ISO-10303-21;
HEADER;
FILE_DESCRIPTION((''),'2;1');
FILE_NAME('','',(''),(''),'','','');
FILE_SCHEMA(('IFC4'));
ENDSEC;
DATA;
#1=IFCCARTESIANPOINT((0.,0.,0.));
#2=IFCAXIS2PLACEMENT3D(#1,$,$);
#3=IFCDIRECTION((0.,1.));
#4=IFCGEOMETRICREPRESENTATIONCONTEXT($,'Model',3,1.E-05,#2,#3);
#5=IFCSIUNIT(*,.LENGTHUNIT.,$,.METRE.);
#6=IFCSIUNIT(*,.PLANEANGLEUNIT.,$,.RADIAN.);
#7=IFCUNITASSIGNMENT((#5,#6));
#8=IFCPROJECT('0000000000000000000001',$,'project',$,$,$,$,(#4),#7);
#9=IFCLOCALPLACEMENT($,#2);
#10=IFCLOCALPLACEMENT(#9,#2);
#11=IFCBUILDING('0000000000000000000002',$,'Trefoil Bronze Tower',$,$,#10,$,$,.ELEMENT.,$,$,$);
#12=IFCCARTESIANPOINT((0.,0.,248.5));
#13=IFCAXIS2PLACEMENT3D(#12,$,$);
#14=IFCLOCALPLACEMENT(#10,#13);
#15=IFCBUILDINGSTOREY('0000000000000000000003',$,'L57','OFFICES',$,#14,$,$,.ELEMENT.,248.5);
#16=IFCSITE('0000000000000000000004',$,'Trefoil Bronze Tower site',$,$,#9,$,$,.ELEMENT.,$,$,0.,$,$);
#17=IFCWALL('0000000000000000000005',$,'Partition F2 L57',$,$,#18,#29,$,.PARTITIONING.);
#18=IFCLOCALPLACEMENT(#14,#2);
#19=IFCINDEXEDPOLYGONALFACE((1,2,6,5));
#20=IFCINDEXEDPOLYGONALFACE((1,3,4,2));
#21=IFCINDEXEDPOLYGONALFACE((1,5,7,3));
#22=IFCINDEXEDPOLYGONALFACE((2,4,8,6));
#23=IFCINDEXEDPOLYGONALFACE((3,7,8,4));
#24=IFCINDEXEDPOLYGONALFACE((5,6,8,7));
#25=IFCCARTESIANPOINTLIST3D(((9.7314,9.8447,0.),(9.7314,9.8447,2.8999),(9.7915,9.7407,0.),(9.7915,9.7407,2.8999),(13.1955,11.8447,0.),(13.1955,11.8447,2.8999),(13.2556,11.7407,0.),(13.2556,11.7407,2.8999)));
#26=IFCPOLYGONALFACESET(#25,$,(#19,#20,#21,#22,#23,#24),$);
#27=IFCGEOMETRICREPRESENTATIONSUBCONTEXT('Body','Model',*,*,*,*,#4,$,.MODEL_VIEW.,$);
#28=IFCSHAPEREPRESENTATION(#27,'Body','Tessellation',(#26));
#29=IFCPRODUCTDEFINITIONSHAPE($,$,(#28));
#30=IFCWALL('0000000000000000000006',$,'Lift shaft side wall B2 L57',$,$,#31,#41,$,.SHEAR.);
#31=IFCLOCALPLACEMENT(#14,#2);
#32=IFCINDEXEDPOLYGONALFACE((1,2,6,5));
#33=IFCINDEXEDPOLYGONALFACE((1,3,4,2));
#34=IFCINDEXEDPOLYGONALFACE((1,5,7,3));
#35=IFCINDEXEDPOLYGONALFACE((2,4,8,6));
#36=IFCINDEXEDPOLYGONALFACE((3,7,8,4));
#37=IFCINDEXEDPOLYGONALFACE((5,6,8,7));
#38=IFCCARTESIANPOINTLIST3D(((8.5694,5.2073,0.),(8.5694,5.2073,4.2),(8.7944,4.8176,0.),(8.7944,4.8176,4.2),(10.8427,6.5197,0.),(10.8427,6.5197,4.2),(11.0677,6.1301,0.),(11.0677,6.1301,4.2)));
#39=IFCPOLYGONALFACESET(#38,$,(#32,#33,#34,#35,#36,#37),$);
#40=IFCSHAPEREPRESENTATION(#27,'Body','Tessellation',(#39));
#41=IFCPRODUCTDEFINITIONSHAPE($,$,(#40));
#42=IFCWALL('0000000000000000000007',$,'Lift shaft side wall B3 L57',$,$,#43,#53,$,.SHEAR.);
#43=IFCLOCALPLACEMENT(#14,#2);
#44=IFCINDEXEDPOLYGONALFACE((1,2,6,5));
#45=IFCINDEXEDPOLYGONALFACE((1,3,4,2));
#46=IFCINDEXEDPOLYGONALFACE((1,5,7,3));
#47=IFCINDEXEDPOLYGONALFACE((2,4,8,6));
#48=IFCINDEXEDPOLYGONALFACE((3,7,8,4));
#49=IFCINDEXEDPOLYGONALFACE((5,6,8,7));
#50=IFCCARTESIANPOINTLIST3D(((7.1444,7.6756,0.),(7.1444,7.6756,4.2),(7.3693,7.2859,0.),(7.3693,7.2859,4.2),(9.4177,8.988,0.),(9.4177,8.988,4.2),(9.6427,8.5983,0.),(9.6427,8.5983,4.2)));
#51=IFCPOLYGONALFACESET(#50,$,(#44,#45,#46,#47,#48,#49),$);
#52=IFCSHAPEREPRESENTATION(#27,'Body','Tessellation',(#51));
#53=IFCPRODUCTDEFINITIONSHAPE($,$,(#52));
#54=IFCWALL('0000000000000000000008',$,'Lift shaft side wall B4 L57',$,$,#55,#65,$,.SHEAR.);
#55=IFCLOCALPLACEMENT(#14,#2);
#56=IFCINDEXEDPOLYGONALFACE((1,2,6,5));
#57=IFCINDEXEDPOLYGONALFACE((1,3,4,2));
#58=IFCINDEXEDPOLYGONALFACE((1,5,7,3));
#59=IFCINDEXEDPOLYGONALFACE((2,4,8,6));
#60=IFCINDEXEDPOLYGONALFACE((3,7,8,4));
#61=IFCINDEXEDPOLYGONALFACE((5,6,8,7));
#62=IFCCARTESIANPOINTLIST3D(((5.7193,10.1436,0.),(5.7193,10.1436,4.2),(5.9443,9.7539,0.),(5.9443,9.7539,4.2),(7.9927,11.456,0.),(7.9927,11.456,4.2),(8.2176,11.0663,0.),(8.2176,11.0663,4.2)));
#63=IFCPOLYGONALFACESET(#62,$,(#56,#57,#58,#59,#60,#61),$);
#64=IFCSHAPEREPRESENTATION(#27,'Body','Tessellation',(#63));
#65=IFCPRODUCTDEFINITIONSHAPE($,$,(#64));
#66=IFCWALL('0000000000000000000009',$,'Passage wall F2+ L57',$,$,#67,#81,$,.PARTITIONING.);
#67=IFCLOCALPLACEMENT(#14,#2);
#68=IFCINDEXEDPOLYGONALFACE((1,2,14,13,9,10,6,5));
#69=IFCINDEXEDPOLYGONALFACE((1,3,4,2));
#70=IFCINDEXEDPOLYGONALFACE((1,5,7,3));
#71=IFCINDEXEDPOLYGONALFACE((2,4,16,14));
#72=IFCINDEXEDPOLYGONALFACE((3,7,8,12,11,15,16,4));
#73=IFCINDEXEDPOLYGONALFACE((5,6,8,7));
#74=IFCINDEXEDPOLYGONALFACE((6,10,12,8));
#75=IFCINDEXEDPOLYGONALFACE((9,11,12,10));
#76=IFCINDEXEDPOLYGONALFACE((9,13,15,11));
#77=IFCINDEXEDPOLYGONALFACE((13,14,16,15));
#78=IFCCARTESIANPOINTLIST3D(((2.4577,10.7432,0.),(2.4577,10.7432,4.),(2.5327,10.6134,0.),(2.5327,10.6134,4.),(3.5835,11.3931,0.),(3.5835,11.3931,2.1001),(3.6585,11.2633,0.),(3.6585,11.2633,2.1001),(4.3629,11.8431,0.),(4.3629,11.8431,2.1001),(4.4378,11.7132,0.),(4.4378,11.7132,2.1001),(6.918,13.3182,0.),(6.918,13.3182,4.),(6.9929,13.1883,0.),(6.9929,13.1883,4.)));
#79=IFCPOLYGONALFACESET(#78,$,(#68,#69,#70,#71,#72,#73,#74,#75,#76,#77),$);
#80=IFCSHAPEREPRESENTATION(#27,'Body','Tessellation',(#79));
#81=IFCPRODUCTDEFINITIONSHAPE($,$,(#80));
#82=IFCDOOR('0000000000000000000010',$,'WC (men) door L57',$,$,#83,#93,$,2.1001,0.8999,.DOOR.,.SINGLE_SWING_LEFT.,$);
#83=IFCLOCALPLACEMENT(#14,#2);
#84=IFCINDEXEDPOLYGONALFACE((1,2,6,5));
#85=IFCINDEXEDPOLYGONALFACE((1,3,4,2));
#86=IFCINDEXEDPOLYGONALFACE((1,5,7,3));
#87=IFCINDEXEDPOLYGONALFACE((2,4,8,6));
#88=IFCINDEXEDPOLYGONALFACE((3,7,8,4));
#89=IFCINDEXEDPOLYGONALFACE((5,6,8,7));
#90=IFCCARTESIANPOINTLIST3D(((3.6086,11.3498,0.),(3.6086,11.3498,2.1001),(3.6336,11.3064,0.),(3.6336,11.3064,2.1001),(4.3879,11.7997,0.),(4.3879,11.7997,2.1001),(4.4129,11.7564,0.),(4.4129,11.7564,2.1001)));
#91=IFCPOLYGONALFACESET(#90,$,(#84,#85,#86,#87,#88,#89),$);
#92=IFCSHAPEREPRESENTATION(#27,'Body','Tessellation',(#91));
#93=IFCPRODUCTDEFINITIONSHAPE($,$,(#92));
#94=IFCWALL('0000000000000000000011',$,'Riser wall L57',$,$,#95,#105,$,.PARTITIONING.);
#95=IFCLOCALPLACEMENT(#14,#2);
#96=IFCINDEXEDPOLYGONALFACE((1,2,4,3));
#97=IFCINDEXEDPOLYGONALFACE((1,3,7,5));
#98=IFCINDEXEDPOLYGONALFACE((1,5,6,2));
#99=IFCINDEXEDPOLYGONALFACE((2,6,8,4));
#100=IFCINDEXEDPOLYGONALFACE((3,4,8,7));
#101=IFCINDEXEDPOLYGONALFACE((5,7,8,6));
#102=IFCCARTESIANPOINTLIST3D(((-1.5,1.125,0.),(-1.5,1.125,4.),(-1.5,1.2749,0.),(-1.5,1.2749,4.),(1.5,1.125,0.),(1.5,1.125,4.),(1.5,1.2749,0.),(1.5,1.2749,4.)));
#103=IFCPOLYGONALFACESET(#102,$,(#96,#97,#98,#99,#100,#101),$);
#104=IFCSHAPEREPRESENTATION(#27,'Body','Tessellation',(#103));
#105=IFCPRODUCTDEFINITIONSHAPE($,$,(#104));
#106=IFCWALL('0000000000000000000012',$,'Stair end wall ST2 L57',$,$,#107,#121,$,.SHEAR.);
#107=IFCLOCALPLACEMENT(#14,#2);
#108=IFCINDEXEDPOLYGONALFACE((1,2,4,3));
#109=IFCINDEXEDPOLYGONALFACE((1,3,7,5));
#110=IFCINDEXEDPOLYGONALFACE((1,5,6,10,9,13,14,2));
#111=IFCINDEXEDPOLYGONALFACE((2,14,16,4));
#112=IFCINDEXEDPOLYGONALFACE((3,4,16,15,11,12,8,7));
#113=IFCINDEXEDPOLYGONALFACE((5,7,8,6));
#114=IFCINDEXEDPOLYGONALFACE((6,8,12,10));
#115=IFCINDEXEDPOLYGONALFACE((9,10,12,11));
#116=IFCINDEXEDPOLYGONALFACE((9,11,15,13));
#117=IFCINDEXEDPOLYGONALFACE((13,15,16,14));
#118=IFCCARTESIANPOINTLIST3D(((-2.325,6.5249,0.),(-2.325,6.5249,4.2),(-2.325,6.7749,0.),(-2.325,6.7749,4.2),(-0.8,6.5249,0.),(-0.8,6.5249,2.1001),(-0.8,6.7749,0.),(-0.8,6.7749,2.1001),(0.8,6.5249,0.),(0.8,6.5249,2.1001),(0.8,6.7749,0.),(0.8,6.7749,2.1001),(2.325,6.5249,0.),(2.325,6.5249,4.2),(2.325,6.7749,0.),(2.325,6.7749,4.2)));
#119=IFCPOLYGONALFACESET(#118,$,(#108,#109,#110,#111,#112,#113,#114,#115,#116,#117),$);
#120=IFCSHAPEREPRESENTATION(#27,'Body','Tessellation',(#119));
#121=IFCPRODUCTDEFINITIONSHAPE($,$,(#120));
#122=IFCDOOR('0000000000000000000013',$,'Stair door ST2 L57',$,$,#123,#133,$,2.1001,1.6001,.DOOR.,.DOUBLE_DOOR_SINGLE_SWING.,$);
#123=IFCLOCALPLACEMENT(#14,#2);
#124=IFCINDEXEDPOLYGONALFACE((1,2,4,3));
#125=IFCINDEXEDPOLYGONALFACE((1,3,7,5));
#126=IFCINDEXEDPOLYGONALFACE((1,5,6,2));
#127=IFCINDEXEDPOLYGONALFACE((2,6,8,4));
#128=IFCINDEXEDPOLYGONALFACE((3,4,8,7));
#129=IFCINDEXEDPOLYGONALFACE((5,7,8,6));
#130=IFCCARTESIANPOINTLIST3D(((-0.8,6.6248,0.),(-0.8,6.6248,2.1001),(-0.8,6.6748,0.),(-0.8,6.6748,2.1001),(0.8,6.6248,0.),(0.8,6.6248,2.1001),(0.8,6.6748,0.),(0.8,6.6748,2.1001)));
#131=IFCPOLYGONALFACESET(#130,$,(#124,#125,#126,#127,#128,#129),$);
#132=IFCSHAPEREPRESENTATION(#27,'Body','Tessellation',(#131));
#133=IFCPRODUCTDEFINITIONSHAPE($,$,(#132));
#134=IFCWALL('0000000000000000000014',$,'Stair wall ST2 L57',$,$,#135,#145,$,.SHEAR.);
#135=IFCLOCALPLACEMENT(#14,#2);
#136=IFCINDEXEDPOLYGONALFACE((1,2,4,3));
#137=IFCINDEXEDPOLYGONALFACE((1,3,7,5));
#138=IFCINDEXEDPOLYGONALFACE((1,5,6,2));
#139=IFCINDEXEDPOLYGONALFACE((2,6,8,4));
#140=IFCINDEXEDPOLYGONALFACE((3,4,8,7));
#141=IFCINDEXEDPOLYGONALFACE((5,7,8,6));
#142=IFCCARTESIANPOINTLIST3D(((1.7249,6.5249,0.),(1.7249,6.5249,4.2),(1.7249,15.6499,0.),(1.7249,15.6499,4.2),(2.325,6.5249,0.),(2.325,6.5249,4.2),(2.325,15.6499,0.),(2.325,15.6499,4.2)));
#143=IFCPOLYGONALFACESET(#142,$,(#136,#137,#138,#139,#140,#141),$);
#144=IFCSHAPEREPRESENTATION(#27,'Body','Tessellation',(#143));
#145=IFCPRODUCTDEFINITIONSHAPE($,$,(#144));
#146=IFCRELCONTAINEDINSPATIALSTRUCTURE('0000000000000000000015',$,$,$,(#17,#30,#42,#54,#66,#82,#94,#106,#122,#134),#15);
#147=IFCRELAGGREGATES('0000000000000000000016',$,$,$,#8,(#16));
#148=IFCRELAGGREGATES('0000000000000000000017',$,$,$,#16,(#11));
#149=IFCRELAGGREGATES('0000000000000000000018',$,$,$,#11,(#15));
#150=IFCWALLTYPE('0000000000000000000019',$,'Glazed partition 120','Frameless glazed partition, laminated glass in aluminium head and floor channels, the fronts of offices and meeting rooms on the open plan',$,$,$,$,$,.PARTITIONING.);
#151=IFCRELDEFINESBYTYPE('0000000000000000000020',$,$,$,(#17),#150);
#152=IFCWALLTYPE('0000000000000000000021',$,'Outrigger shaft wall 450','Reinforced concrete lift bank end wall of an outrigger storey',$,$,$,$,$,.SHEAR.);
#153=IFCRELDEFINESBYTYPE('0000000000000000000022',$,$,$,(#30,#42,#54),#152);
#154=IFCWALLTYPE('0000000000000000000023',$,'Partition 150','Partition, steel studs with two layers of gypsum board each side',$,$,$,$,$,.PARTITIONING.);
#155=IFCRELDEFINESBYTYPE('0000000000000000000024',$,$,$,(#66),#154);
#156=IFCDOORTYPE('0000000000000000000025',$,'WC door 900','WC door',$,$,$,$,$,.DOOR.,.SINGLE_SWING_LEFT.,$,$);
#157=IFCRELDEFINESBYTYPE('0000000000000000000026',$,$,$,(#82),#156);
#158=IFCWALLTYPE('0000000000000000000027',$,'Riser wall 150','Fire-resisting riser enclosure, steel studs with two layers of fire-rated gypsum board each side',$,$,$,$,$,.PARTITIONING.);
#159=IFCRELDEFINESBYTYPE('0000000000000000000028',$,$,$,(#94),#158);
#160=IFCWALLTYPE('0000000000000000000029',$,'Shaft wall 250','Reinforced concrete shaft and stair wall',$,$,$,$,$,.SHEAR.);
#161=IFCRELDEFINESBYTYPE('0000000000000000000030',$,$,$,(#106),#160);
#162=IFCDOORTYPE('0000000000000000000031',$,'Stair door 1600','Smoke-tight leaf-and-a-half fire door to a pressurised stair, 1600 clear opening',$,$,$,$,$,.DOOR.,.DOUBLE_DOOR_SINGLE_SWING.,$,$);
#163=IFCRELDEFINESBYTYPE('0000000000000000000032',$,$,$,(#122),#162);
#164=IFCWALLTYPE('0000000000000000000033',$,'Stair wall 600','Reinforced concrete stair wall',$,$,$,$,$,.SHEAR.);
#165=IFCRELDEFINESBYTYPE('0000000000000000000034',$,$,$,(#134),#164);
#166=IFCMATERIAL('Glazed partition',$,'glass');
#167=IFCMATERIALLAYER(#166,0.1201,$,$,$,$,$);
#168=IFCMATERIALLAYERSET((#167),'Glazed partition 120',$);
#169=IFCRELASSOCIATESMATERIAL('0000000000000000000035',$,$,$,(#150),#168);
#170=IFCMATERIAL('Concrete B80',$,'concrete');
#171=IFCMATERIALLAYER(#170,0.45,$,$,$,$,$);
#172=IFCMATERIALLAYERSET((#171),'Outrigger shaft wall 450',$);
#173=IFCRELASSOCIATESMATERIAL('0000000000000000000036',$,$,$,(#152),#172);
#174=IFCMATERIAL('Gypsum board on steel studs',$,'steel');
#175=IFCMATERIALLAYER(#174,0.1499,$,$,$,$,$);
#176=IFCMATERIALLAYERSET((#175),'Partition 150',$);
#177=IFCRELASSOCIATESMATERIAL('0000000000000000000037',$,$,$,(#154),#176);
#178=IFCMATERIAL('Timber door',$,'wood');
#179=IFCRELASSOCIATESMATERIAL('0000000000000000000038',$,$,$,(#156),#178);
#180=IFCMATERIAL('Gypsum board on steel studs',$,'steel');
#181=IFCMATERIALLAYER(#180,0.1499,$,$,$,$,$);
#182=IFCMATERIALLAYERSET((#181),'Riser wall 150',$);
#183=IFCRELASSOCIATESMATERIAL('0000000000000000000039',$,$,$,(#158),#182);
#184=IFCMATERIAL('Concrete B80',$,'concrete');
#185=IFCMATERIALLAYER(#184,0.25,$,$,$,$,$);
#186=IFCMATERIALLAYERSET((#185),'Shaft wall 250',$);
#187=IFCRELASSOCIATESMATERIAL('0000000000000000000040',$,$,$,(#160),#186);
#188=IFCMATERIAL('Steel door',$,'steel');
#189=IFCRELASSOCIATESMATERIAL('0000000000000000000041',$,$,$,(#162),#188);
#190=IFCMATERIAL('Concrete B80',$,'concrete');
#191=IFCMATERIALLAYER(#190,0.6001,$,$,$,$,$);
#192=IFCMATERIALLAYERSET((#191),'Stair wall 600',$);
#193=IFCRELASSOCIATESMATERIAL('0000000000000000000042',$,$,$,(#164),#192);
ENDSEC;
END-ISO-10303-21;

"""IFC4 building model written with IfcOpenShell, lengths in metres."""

from ifc_helpers import new_model, si_unit, direction, frame, frame_2d, origin, place, context, subcontext, project, spatial, rectangle, extrude, material, layer, layer_set, type_object, element, fill, save


model = new_model("IFC4")

# Units and contexts
model_context = context("Model", 3, precision=1e-05, world=origin(), true_north=direction((0.0, 1.0)))
body_context = subcontext(model_context, "Body", "Model", "MODEL_VIEW")
ifc_project = project(units=[si_unit("LENGTHUNIT", "METRE"), si_unit("PLANEANGLEUNIT", "RADIAN")], contexts=[model_context])

# Site, building, storey
site_placement = place(None, origin())
site = spatial("IfcSite", under=ifc_project, at=site_placement, Name="Trefoil Bronze Tower site", CompositionType="ELEMENT", RefElevation=0.0)
building_placement = place(site_placement, origin())
building = spatial("IfcBuilding", under=site, at=building_placement, Name="Trefoil Bronze Tower", CompositionType="ELEMENT")
storey_placement = place(building_placement, frame((0.0, 0.0, 248.5)))
storey = spatial("IfcBuildingStorey", under=building, at=storey_placement, Name="L57", Description="OFFICES", CompositionType="ELEMENT", Elevation=248.5)

# Walls
ifc_material_1 = material(Name="Glazed partition", Category="glass")
ifc_layer_1 = layer(ifc_material_1, 0.1201)
ifc_layer_set_1 = layer_set([ifc_layer_1], Name="Glazed partition 120")
wall_type_1 = type_object("IfcWallType", Name="Glazed partition 120", Description="Frameless glazed partition, laminated glass in aluminium head and floor channels, the fronts of offices and meeting rooms on the open plan", PredefinedType="PARTITIONING", material=ifc_layer_set_1)
wall_1_placement = place(storey_placement, frame((9.7615, 9.7927, 0.0), z_axis=(0.0, 0.0, 1.0), x_axis=(0.866026, 0.499999, 0.0)))
element("IfcWall", 1, at=wall_1_placement, inside=storey, type_object=wall_type_1, Name="Partition F2 L57", PredefinedType="PARTITIONING", context=body_context, shape_type="SweptSolid", body=[
    extrude(rectangle(XDim=4.0, YDim=0.1201, at=frame_2d((2.0, 0.0))), origin(), (0.0, 0.0, 1.0), 2.8999),
])
ifc_material_2 = material(Name="Concrete B80", Category="concrete")
ifc_layer_2 = layer(ifc_material_2, 0.45)
ifc_layer_set_2 = layer_set([ifc_layer_2], Name="Outrigger shaft wall 450")
wall_type_2 = type_object("IfcWallType", Name="Outrigger shaft wall 450", Description="Reinforced concrete lift bank end wall of an outrigger storey", PredefinedType="SHEAR", material=ifc_layer_set_2)
for number, where, z_axis, x_axis, name in (
    (2, (8.6819, 5.0125, 0.0), (0.0, 0.0, 1.0), (0.866037, 0.49998, 0.0), "Lift shaft side wall B2 L57"),
    (3, (7.2568, 7.4807, 0.0), (0.0, 0.0, 1.0), (0.866037, 0.49998, 0.0), "Lift shaft side wall B3 L57"),
    (4, (5.8318, 9.9487, 0.0), (0.0, 0.0, 1.0), (0.866037, 0.49998, 0.0), "Lift shaft side wall B4 L57"),
):
    element("IfcWall", number, at=place(storey_placement, frame(where, z_axis=z_axis, x_axis=x_axis)), inside=storey, type_object=wall_type_2, Name=name, PredefinedType="SHEAR", context=body_context, shape_type="SweptSolid", body=[
        extrude(rectangle(XDim=2.625, YDim=0.45, at=frame_2d((1.3125, 0.0))), origin(), (0.0, 0.0, 1.0), 4.2),
    ])

# Wall, opening, door
ifc_material_3 = material(Name="Gypsum board on steel studs", Category="steel")
ifc_layer_3 = layer(ifc_material_3, 0.1499)
ifc_layer_set_3 = layer_set([ifc_layer_3], Name="Partition 150")
wall_type_3 = type_object("IfcWallType", Name="Partition 150", Description="Partition, steel studs with two layers of gypsum board each side", PredefinedType="PARTITIONING", material=ifc_layer_set_3)
wall_2_placement = place(storey_placement, frame((2.4951, 10.6782, 0.0), z_axis=(0.0, 0.0, 1.0), x_axis=(0.866038, 0.499978, 0.0)))
wall_2 = element("IfcWall", 5, at=wall_2_placement, inside=storey, type_object=wall_type_3, Name="Passage wall F2+ L57", PredefinedType="PARTITIONING", context=body_context, shape_type="SweptSolid", body=[
    extrude(rectangle(XDim=5.1501, YDim=0.1499, at=frame_2d((2.5752, 0.0))), origin(), (0.0, 0.0, 1.0), 4.0),
])
opening_1_placement = place(wall_2_placement, frame((1.3, 0.0, 0.0)))
opening_1 = element("IfcOpeningElement", 6, at=opening_1_placement, cuts=wall_2, PredefinedType="OPENING", context=body_context, shape_type="SweptSolid", body=[
    extrude(rectangle(XDim=0.8999, YDim=2.1001, at=frame_2d((0.45, 1.05))), frame((0.0, 0.085, 0.0), z_axis=(0.0, -1.0, 0.0), x_axis=(1.0, 0.0, 0.0)), (0.0, 0.0, 1.0), 0.1699),
])
ifc_material_4 = material(Name="Timber door", Category="wood")
door_type_1 = type_object("IfcDoorType", Name="WC door 900", Description="WC door", OperationType="SINGLE_SWING_LEFT", PredefinedType="DOOR", material=ifc_material_4)
door_1_placement = place(opening_1_placement, origin())
door_1 = element("IfcDoor", 7, at=door_1_placement, inside=storey, type_object=door_type_1, Name="WC (men) door L57", OperationType="SINGLE_SWING_LEFT", OverallHeight=2.1001, OverallWidth=0.8999, PredefinedType="DOOR", context=body_context, shape_type="SweptSolid", body=[
    extrude(rectangle(XDim=0.8999, YDim=2.1001, at=frame_2d((0.45, 1.05))), frame((0.0, 0.0249, 0.0), z_axis=(0.0, -1.0, 0.0), x_axis=(1.0, 0.0, 0.0)), (0.0, 0.0, 1.0), 0.05),
])
fill(opening_1, door_1)

# Wall
ifc_material_5 = material(Name="Gypsum board on steel studs", Category="steel")
ifc_layer_4 = layer(ifc_material_5, 0.1499)
ifc_layer_set_4 = layer_set([ifc_layer_4], Name="Riser wall 150")
wall_type_4 = type_object("IfcWallType", Name="Riser wall 150", Description="Fire-resisting riser enclosure, steel studs with two layers of fire-rated gypsum board each side", PredefinedType="PARTITIONING", material=ifc_layer_set_4)
wall_3_placement = place(storey_placement, frame((1.5, 1.2, 0.0), z_axis=(0.0, 0.0, 1.0), x_axis=(-1.0, 0.0, 0.0)))
element("IfcWall", 8, at=wall_3_placement, inside=storey, type_object=wall_type_4, Name="Riser wall L57", PredefinedType="PARTITIONING", context=body_context, shape_type="SweptSolid", body=[
    extrude(rectangle(XDim=3.0, YDim=0.1499, at=frame_2d((1.5, 0.0))), origin(), (0.0, 0.0, 1.0), 4.0),
])

# Wall, opening, door
ifc_material_6 = material(Name="Concrete B80", Category="concrete")
ifc_layer_5 = layer(ifc_material_6, 0.25)
ifc_layer_set_5 = layer_set([ifc_layer_5], Name="Shaft wall 250")
wall_type_5 = type_object("IfcWallType", Name="Shaft wall 250", Description="Reinforced concrete shaft and stair wall", PredefinedType="SHEAR", material=ifc_layer_set_5)
wall_4_placement = place(storey_placement, frame((2.325, 6.6499, 0.0), z_axis=(0.0, 0.0, 1.0), x_axis=(-1.0, 0.0, 0.0)))
wall_4 = element("IfcWall", 9, at=wall_4_placement, inside=storey, type_object=wall_type_5, Name="Stair end wall ST2 L57", PredefinedType="SHEAR", context=body_context, shape_type="SweptSolid", body=[
    extrude(rectangle(XDim=4.6499, YDim=0.25, at=frame_2d((2.325, 0.0))), origin(), (0.0, 0.0, 1.0), 4.2),
])
opening_2_placement = place(wall_4_placement, frame((1.5249, 0.0, 0.0)))
opening_2 = element("IfcOpeningElement", 10, at=opening_2_placement, cuts=wall_4, PredefinedType="OPENING", context=body_context, shape_type="SweptSolid", body=[
    extrude(rectangle(XDim=1.6001, YDim=2.1001, at=frame_2d((0.8, 1.05))), frame((0.0, 0.135, 0.0), z_axis=(0.0, -1.0, 0.0), x_axis=(1.0, 0.0, 0.0)), (0.0, 0.0, 1.0), 0.27),
])
ifc_material_7 = material(Name="Steel door", Category="steel")
door_type_2 = type_object("IfcDoorType", Name="Stair door 1600", Description="Smoke-tight leaf-and-a-half fire door to a pressurised stair, 1600 clear opening", OperationType="DOUBLE_DOOR_SINGLE_SWING", PredefinedType="DOOR", material=ifc_material_7)
door_2_placement = place(opening_2_placement, frame((1.6001, 0.0, 0.0), z_axis=(0.0, 0.0, 1.0), x_axis=(-1.0, 0.0, 0.0)))
door_2 = element("IfcDoor", 11, at=door_2_placement, inside=storey, type_object=door_type_2, Name="Stair door ST2 L57", OperationType="DOUBLE_DOOR_SINGLE_SWING", OverallHeight=2.1001, OverallWidth=1.6001, PredefinedType="DOOR", context=body_context, shape_type="SweptSolid", body=[
    extrude(rectangle(XDim=1.6001, YDim=2.1001, at=frame_2d((0.8, 1.05))), frame((0.0, 0.0249, 0.0), z_axis=(0.0, -1.0, 0.0), x_axis=(1.0, 0.0, 0.0)), (0.0, 0.0, 1.0), 0.05),
])
fill(opening_2, door_2)

# Wall
ifc_material_8 = material(Name="Concrete B80", Category="concrete")
ifc_layer_6 = layer(ifc_material_8, 0.6001)
ifc_layer_set_6 = layer_set([ifc_layer_6], Name="Stair wall 600")
wall_type_6 = type_object("IfcWallType", Name="Stair wall 600", Description="Reinforced concrete stair wall", PredefinedType="SHEAR", material=ifc_layer_set_6)
wall_5_placement = place(storey_placement, frame((2.0249, 6.5249, 0.0), z_axis=(0.0, 0.0, 1.0), x_axis=(0.0, 1.0, 0.0)))
element("IfcWall", 12, at=wall_5_placement, inside=storey, type_object=wall_type_6, Name="Stair wall ST2 L57", PredefinedType="SHEAR", context=body_context, shape_type="SweptSolid", body=[
    extrude(rectangle(XDim=9.125, YDim=0.6001, at=frame_2d((4.5625, 0.0))), origin(), (0.0, 0.0, 1.0), 4.2),
])

save(model, "model.ifc")
